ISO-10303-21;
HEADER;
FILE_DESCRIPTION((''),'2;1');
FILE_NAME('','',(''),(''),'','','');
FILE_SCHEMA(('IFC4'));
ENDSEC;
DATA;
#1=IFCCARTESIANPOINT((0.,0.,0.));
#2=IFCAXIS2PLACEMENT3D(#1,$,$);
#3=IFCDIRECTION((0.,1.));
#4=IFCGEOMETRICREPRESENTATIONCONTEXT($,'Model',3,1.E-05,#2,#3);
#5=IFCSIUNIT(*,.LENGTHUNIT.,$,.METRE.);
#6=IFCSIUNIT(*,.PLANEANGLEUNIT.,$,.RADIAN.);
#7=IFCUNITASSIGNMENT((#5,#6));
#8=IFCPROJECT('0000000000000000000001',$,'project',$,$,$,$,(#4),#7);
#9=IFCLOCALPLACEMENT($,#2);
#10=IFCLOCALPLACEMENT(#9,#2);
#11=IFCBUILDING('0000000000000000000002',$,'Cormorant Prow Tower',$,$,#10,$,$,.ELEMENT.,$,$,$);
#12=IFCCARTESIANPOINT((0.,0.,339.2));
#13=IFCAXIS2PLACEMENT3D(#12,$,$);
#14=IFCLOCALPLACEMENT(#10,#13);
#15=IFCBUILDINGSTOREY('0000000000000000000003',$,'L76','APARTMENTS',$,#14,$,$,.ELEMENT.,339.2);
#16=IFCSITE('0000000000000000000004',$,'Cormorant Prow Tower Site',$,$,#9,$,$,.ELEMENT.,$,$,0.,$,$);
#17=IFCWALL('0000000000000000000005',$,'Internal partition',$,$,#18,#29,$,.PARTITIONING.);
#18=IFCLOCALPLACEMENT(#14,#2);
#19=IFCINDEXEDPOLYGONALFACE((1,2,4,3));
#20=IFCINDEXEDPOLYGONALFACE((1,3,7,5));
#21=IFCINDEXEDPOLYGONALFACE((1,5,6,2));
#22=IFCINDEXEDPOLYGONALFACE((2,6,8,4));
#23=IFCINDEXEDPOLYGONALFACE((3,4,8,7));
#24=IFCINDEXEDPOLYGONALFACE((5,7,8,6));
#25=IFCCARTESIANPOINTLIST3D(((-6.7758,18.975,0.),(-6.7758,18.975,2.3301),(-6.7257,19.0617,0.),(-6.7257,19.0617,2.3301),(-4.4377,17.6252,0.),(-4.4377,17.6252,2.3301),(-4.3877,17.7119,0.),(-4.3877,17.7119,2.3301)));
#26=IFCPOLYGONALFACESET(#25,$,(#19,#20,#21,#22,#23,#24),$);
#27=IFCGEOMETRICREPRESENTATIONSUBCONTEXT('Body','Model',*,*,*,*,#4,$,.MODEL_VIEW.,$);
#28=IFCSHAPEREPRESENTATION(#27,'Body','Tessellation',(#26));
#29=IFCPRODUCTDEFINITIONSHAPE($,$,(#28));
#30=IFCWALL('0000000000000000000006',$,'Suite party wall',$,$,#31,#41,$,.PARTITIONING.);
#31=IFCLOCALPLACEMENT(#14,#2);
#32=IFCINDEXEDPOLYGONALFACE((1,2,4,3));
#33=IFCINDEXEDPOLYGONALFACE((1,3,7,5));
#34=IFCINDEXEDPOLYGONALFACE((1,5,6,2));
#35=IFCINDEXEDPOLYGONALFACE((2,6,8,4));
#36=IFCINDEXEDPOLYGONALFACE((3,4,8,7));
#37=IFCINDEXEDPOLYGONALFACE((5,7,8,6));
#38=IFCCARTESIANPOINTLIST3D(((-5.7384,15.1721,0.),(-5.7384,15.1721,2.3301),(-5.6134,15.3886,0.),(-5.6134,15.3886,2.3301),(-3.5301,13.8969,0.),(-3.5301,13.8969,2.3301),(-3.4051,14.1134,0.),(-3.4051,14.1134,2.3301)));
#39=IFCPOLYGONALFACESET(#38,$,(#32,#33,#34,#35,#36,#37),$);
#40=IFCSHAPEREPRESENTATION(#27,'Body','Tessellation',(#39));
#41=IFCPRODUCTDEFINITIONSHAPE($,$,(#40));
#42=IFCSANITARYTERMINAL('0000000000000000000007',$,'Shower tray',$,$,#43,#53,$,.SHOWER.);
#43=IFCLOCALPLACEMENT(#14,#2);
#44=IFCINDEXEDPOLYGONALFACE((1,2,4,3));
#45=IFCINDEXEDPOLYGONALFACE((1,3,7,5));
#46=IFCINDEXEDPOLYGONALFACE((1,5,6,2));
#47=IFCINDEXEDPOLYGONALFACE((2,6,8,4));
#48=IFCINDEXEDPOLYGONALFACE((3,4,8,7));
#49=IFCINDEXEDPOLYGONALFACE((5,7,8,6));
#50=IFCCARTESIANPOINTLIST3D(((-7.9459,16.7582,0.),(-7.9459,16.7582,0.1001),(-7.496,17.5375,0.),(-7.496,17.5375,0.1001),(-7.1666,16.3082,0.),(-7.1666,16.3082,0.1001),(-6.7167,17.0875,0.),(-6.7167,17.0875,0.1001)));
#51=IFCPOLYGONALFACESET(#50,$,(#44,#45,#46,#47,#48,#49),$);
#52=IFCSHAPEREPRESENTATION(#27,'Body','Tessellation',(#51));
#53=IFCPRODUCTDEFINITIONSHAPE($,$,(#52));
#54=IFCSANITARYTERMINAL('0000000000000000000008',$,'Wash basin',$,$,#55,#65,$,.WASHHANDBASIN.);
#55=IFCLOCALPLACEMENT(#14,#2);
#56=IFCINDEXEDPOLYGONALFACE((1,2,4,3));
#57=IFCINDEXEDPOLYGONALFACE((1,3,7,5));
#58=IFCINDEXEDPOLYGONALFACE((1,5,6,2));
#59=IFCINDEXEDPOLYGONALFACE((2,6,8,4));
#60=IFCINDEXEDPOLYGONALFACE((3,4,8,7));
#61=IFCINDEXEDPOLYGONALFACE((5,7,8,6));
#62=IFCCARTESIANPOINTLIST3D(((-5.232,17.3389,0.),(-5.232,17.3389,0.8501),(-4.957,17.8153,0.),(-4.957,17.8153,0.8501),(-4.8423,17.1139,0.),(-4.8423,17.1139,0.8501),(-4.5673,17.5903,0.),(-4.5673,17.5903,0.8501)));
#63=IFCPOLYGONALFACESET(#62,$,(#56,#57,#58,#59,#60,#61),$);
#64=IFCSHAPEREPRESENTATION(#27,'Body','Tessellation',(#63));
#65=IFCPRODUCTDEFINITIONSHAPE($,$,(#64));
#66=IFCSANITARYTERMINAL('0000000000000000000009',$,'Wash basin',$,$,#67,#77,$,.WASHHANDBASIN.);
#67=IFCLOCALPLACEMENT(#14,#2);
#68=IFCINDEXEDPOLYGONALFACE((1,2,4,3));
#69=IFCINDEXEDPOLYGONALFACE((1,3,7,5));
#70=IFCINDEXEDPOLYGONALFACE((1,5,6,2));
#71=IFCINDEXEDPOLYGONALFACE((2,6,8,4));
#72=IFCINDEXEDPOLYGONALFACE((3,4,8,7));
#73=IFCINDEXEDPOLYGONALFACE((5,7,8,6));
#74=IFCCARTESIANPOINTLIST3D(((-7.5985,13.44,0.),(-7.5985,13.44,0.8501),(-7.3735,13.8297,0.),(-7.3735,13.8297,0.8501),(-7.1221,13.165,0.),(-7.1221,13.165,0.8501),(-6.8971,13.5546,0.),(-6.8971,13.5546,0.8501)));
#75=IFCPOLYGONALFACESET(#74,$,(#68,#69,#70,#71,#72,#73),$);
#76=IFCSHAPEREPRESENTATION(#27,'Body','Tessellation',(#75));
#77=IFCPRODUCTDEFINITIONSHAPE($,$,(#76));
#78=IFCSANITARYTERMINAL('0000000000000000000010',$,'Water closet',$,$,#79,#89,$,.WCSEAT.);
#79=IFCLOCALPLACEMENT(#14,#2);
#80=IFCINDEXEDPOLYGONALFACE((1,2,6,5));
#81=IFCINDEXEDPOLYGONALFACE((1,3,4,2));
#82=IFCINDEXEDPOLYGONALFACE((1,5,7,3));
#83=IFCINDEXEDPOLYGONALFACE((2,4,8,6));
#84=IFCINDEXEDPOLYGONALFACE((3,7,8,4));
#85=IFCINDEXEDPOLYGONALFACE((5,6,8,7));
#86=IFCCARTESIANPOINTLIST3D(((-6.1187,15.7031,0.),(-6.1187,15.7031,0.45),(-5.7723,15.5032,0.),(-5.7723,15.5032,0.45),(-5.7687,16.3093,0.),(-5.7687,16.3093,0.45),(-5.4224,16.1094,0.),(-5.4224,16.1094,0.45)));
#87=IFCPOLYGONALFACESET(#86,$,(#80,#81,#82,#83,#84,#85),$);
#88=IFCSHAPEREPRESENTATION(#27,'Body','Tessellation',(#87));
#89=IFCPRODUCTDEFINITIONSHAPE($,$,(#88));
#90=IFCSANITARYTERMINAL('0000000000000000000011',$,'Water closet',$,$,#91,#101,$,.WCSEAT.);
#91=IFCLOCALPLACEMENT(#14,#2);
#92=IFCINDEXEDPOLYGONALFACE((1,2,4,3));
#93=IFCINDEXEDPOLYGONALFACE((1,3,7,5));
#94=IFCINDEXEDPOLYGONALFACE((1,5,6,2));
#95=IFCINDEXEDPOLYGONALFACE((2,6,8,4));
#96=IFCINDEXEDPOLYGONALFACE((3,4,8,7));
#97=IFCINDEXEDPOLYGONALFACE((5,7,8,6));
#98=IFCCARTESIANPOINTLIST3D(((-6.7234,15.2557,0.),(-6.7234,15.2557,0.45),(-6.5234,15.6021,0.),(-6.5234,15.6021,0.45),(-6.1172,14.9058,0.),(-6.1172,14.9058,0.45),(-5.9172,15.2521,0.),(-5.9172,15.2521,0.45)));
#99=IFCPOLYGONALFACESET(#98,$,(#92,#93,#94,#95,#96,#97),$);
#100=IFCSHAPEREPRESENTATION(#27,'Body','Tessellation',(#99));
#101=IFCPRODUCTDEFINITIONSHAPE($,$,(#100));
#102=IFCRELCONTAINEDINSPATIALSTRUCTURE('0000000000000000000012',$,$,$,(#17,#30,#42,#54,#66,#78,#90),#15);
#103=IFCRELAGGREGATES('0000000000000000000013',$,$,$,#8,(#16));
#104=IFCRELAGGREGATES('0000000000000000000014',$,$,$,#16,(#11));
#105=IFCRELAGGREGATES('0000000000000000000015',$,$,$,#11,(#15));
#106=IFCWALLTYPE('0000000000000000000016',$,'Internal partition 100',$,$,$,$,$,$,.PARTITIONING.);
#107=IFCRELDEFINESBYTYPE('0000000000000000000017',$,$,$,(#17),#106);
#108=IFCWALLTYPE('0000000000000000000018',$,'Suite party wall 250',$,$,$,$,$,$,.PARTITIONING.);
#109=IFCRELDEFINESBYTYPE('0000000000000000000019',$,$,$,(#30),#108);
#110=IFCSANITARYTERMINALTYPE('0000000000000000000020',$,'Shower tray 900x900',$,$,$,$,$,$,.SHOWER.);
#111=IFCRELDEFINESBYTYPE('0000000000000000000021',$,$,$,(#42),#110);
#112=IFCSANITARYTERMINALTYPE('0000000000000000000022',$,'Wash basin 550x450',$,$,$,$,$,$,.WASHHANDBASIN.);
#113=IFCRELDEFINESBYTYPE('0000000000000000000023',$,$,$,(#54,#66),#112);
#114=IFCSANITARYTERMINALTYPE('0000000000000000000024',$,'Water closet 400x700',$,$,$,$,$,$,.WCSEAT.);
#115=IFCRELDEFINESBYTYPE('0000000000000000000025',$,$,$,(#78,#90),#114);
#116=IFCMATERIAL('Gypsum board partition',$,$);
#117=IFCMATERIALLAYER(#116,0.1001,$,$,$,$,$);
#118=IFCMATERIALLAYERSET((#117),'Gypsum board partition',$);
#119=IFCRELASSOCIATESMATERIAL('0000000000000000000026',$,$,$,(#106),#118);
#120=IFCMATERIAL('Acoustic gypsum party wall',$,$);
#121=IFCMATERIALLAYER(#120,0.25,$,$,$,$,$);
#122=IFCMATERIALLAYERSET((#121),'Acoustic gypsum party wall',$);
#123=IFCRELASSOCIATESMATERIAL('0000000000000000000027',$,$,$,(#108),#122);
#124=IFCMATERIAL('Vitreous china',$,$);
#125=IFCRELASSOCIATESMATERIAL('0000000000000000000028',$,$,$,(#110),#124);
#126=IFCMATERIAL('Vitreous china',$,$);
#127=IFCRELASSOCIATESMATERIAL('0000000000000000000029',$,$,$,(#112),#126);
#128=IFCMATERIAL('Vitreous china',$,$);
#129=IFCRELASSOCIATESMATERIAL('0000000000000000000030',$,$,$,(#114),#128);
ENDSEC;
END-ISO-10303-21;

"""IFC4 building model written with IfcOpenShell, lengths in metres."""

from ifc_helpers import new_model, si_unit, direction, frame, frame_2d, origin, origin_2d, place, context, subcontext, project, spatial, rectangle, extrude, material, layer, layer_set, type_object, element, save


model = new_model("IFC4")

# Units and contexts
model_context = context("Model", 3, precision=1e-05, world=origin(), true_north=direction((0.0, 1.0)))
body_context = subcontext(model_context, "Body", "Model", "MODEL_VIEW")
ifc_project = project(units=[si_unit("LENGTHUNIT", "METRE"), si_unit("PLANEANGLEUNIT", "RADIAN")], contexts=[model_context])

# Site, building, storey
site_placement = place(None, origin())
site = spatial("IfcSite", under=ifc_project, at=site_placement, Name="Cormorant Prow Tower Site", CompositionType="ELEMENT", RefElevation=0.0)
building_placement = place(site_placement, origin())
building = spatial("IfcBuilding", under=site, at=building_placement, Name="Cormorant Prow Tower", CompositionType="ELEMENT")
storey_placement = place(building_placement, frame((0.0, 0.0, 339.2)))
storey = spatial("IfcBuildingStorey", under=building, at=storey_placement, Name="L76", Description="APARTMENTS", CompositionType="ELEMENT", Elevation=339.2)

# Walls
ifc_material_1 = material(Name="Gypsum board partition")
ifc_layer_1 = layer(ifc_material_1, 0.1001)
ifc_layer_set_1 = layer_set([ifc_layer_1], Name="Gypsum board partition")
wall_type_1 = type_object("IfcWallType", Name="Internal partition 100", PredefinedType="PARTITIONING", material=ifc_layer_set_1)
wall_1_placement = place(storey_placement, frame((-6.7507, 19.0183, 0.0), z_axis=(0.0, 0.0, 1.0), x_axis=(0.866037, -0.499981, 0.0)))
element("IfcWall", 1, at=wall_1_placement, inside=storey, type_object=wall_type_1, Name="Internal partition", PredefinedType="PARTITIONING", context=body_context, shape_type="SweptSolid", body=[
    extrude(rectangle(XDim=2.6997, YDim=0.1001, at=frame_2d((1.3499, 0.0))), origin(), (0.0, 0.0, 1.0), 2.3301),
])
ifc_material_2 = material(Name="Acoustic gypsum party wall")
ifc_layer_2 = layer(ifc_material_2, 0.25)
ifc_layer_set_2 = layer_set([ifc_layer_2], Name="Acoustic gypsum party wall")
wall_type_2 = type_object("IfcWallType", Name="Suite party wall 250", PredefinedType="PARTITIONING", material=ifc_layer_set_2)
wall_2_placement = place(storey_placement, frame((-5.6758, 15.2803, 0.0), z_axis=(0.0, 0.0, 1.0), x_axis=(0.865989, -0.500062, 0.0)))
element("IfcWall", 2, at=wall_2_placement, inside=storey, type_object=wall_type_2, Name="Suite party wall", PredefinedType="PARTITIONING", context=body_context, shape_type="SweptSolid", body=[
    extrude(rectangle(XDim=2.55, YDim=0.25, at=frame_2d((1.2749, 0.0))), origin(), (0.0, 0.0, 1.0), 2.3301),
])

# Sanitary terminals
ifc_material_3 = material(Name="Vitreous china")
sanitary_terminal_type_1 = type_object("IfcSanitaryTerminalType", Name="Shower tray 900x900", PredefinedType="SHOWER", material=ifc_material_3)
sanitary_terminal_placement = place(storey_placement, frame((-7.3313, 16.9229, 0.0), z_axis=(0.0, 0.0, 1.0), x_axis=(0.5, 0.866025, 0.0)))
element("IfcSanitaryTerminal", 3, at=sanitary_terminal_placement, inside=storey, type_object=sanitary_terminal_type_1, Name="Shower tray", PredefinedType="SHOWER", context=body_context, shape_type="SweptSolid", body=[
    extrude(rectangle(XDim=0.8999, YDim=0.8999, at=origin_2d()), origin(), (0.0, 0.0, 1.0), 0.1001),
])
ifc_material_4 = material(Name="Vitreous china")
sanitary_terminal_type_2 = type_object("IfcSanitaryTerminalType", Name="Wash basin 550x450", PredefinedType="WASHHANDBASIN", material=ifc_material_4)
for number, where, z_axis, x_axis, name in (
    (4, (-4.8997, 17.4646, 0.0), (0.0, 0.0, 1.0), (-0.5, -0.866025, 0.0), "Wash basin"),
    (5, (-7.2478, 13.4973, 0.0), (0.0, 0.0, 1.0), (-0.866025, 0.5, 0.0), "Wash basin"),
):
    element("IfcSanitaryTerminal", number, at=place(storey_placement, frame(where, z_axis=z_axis, x_axis=x_axis)), inside=storey, type_object=sanitary_terminal_type_2, Name=name, PredefinedType="WASHHANDBASIN", context=body_context, shape_type="SweptSolid", body=[
        extrude(rectangle(XDim=0.55, YDim=0.45, at=origin_2d()), origin(), (0.0, 0.0, 1.0), 0.8501),
    ])
ifc_material_5 = material(Name="Vitreous china")
sanitary_terminal_type_3 = type_object("IfcSanitaryTerminalType", Name="Water closet 400x700", PredefinedType="WCSEAT", material=ifc_material_5)
for number, where, z_axis, x_axis, name in (
    (6, (-5.7705, 15.9062, 0.0), (0.0, 0.0, 1.0), (-0.866025, 0.5, 0.0), "Water closet"),
    (7, (-6.3203, 15.2539, 0.0), (0.0, 0.0, 1.0), (-0.5, -0.866025, 0.0), "Water closet"),
):
    element("IfcSanitaryTerminal", number, at=place(storey_placement, frame(where, z_axis=z_axis, x_axis=x_axis)), inside=storey, type_object=sanitary_terminal_type_3, Name=name, PredefinedType="WCSEAT", context=body_context, shape_type="SweptSolid", body=[
        extrude(rectangle(XDim=0.3999, YDim=0.7, at=origin_2d()), origin(), (0.0, 0.0, 1.0), 0.45),
    ])

save(model, "model.ifc")
